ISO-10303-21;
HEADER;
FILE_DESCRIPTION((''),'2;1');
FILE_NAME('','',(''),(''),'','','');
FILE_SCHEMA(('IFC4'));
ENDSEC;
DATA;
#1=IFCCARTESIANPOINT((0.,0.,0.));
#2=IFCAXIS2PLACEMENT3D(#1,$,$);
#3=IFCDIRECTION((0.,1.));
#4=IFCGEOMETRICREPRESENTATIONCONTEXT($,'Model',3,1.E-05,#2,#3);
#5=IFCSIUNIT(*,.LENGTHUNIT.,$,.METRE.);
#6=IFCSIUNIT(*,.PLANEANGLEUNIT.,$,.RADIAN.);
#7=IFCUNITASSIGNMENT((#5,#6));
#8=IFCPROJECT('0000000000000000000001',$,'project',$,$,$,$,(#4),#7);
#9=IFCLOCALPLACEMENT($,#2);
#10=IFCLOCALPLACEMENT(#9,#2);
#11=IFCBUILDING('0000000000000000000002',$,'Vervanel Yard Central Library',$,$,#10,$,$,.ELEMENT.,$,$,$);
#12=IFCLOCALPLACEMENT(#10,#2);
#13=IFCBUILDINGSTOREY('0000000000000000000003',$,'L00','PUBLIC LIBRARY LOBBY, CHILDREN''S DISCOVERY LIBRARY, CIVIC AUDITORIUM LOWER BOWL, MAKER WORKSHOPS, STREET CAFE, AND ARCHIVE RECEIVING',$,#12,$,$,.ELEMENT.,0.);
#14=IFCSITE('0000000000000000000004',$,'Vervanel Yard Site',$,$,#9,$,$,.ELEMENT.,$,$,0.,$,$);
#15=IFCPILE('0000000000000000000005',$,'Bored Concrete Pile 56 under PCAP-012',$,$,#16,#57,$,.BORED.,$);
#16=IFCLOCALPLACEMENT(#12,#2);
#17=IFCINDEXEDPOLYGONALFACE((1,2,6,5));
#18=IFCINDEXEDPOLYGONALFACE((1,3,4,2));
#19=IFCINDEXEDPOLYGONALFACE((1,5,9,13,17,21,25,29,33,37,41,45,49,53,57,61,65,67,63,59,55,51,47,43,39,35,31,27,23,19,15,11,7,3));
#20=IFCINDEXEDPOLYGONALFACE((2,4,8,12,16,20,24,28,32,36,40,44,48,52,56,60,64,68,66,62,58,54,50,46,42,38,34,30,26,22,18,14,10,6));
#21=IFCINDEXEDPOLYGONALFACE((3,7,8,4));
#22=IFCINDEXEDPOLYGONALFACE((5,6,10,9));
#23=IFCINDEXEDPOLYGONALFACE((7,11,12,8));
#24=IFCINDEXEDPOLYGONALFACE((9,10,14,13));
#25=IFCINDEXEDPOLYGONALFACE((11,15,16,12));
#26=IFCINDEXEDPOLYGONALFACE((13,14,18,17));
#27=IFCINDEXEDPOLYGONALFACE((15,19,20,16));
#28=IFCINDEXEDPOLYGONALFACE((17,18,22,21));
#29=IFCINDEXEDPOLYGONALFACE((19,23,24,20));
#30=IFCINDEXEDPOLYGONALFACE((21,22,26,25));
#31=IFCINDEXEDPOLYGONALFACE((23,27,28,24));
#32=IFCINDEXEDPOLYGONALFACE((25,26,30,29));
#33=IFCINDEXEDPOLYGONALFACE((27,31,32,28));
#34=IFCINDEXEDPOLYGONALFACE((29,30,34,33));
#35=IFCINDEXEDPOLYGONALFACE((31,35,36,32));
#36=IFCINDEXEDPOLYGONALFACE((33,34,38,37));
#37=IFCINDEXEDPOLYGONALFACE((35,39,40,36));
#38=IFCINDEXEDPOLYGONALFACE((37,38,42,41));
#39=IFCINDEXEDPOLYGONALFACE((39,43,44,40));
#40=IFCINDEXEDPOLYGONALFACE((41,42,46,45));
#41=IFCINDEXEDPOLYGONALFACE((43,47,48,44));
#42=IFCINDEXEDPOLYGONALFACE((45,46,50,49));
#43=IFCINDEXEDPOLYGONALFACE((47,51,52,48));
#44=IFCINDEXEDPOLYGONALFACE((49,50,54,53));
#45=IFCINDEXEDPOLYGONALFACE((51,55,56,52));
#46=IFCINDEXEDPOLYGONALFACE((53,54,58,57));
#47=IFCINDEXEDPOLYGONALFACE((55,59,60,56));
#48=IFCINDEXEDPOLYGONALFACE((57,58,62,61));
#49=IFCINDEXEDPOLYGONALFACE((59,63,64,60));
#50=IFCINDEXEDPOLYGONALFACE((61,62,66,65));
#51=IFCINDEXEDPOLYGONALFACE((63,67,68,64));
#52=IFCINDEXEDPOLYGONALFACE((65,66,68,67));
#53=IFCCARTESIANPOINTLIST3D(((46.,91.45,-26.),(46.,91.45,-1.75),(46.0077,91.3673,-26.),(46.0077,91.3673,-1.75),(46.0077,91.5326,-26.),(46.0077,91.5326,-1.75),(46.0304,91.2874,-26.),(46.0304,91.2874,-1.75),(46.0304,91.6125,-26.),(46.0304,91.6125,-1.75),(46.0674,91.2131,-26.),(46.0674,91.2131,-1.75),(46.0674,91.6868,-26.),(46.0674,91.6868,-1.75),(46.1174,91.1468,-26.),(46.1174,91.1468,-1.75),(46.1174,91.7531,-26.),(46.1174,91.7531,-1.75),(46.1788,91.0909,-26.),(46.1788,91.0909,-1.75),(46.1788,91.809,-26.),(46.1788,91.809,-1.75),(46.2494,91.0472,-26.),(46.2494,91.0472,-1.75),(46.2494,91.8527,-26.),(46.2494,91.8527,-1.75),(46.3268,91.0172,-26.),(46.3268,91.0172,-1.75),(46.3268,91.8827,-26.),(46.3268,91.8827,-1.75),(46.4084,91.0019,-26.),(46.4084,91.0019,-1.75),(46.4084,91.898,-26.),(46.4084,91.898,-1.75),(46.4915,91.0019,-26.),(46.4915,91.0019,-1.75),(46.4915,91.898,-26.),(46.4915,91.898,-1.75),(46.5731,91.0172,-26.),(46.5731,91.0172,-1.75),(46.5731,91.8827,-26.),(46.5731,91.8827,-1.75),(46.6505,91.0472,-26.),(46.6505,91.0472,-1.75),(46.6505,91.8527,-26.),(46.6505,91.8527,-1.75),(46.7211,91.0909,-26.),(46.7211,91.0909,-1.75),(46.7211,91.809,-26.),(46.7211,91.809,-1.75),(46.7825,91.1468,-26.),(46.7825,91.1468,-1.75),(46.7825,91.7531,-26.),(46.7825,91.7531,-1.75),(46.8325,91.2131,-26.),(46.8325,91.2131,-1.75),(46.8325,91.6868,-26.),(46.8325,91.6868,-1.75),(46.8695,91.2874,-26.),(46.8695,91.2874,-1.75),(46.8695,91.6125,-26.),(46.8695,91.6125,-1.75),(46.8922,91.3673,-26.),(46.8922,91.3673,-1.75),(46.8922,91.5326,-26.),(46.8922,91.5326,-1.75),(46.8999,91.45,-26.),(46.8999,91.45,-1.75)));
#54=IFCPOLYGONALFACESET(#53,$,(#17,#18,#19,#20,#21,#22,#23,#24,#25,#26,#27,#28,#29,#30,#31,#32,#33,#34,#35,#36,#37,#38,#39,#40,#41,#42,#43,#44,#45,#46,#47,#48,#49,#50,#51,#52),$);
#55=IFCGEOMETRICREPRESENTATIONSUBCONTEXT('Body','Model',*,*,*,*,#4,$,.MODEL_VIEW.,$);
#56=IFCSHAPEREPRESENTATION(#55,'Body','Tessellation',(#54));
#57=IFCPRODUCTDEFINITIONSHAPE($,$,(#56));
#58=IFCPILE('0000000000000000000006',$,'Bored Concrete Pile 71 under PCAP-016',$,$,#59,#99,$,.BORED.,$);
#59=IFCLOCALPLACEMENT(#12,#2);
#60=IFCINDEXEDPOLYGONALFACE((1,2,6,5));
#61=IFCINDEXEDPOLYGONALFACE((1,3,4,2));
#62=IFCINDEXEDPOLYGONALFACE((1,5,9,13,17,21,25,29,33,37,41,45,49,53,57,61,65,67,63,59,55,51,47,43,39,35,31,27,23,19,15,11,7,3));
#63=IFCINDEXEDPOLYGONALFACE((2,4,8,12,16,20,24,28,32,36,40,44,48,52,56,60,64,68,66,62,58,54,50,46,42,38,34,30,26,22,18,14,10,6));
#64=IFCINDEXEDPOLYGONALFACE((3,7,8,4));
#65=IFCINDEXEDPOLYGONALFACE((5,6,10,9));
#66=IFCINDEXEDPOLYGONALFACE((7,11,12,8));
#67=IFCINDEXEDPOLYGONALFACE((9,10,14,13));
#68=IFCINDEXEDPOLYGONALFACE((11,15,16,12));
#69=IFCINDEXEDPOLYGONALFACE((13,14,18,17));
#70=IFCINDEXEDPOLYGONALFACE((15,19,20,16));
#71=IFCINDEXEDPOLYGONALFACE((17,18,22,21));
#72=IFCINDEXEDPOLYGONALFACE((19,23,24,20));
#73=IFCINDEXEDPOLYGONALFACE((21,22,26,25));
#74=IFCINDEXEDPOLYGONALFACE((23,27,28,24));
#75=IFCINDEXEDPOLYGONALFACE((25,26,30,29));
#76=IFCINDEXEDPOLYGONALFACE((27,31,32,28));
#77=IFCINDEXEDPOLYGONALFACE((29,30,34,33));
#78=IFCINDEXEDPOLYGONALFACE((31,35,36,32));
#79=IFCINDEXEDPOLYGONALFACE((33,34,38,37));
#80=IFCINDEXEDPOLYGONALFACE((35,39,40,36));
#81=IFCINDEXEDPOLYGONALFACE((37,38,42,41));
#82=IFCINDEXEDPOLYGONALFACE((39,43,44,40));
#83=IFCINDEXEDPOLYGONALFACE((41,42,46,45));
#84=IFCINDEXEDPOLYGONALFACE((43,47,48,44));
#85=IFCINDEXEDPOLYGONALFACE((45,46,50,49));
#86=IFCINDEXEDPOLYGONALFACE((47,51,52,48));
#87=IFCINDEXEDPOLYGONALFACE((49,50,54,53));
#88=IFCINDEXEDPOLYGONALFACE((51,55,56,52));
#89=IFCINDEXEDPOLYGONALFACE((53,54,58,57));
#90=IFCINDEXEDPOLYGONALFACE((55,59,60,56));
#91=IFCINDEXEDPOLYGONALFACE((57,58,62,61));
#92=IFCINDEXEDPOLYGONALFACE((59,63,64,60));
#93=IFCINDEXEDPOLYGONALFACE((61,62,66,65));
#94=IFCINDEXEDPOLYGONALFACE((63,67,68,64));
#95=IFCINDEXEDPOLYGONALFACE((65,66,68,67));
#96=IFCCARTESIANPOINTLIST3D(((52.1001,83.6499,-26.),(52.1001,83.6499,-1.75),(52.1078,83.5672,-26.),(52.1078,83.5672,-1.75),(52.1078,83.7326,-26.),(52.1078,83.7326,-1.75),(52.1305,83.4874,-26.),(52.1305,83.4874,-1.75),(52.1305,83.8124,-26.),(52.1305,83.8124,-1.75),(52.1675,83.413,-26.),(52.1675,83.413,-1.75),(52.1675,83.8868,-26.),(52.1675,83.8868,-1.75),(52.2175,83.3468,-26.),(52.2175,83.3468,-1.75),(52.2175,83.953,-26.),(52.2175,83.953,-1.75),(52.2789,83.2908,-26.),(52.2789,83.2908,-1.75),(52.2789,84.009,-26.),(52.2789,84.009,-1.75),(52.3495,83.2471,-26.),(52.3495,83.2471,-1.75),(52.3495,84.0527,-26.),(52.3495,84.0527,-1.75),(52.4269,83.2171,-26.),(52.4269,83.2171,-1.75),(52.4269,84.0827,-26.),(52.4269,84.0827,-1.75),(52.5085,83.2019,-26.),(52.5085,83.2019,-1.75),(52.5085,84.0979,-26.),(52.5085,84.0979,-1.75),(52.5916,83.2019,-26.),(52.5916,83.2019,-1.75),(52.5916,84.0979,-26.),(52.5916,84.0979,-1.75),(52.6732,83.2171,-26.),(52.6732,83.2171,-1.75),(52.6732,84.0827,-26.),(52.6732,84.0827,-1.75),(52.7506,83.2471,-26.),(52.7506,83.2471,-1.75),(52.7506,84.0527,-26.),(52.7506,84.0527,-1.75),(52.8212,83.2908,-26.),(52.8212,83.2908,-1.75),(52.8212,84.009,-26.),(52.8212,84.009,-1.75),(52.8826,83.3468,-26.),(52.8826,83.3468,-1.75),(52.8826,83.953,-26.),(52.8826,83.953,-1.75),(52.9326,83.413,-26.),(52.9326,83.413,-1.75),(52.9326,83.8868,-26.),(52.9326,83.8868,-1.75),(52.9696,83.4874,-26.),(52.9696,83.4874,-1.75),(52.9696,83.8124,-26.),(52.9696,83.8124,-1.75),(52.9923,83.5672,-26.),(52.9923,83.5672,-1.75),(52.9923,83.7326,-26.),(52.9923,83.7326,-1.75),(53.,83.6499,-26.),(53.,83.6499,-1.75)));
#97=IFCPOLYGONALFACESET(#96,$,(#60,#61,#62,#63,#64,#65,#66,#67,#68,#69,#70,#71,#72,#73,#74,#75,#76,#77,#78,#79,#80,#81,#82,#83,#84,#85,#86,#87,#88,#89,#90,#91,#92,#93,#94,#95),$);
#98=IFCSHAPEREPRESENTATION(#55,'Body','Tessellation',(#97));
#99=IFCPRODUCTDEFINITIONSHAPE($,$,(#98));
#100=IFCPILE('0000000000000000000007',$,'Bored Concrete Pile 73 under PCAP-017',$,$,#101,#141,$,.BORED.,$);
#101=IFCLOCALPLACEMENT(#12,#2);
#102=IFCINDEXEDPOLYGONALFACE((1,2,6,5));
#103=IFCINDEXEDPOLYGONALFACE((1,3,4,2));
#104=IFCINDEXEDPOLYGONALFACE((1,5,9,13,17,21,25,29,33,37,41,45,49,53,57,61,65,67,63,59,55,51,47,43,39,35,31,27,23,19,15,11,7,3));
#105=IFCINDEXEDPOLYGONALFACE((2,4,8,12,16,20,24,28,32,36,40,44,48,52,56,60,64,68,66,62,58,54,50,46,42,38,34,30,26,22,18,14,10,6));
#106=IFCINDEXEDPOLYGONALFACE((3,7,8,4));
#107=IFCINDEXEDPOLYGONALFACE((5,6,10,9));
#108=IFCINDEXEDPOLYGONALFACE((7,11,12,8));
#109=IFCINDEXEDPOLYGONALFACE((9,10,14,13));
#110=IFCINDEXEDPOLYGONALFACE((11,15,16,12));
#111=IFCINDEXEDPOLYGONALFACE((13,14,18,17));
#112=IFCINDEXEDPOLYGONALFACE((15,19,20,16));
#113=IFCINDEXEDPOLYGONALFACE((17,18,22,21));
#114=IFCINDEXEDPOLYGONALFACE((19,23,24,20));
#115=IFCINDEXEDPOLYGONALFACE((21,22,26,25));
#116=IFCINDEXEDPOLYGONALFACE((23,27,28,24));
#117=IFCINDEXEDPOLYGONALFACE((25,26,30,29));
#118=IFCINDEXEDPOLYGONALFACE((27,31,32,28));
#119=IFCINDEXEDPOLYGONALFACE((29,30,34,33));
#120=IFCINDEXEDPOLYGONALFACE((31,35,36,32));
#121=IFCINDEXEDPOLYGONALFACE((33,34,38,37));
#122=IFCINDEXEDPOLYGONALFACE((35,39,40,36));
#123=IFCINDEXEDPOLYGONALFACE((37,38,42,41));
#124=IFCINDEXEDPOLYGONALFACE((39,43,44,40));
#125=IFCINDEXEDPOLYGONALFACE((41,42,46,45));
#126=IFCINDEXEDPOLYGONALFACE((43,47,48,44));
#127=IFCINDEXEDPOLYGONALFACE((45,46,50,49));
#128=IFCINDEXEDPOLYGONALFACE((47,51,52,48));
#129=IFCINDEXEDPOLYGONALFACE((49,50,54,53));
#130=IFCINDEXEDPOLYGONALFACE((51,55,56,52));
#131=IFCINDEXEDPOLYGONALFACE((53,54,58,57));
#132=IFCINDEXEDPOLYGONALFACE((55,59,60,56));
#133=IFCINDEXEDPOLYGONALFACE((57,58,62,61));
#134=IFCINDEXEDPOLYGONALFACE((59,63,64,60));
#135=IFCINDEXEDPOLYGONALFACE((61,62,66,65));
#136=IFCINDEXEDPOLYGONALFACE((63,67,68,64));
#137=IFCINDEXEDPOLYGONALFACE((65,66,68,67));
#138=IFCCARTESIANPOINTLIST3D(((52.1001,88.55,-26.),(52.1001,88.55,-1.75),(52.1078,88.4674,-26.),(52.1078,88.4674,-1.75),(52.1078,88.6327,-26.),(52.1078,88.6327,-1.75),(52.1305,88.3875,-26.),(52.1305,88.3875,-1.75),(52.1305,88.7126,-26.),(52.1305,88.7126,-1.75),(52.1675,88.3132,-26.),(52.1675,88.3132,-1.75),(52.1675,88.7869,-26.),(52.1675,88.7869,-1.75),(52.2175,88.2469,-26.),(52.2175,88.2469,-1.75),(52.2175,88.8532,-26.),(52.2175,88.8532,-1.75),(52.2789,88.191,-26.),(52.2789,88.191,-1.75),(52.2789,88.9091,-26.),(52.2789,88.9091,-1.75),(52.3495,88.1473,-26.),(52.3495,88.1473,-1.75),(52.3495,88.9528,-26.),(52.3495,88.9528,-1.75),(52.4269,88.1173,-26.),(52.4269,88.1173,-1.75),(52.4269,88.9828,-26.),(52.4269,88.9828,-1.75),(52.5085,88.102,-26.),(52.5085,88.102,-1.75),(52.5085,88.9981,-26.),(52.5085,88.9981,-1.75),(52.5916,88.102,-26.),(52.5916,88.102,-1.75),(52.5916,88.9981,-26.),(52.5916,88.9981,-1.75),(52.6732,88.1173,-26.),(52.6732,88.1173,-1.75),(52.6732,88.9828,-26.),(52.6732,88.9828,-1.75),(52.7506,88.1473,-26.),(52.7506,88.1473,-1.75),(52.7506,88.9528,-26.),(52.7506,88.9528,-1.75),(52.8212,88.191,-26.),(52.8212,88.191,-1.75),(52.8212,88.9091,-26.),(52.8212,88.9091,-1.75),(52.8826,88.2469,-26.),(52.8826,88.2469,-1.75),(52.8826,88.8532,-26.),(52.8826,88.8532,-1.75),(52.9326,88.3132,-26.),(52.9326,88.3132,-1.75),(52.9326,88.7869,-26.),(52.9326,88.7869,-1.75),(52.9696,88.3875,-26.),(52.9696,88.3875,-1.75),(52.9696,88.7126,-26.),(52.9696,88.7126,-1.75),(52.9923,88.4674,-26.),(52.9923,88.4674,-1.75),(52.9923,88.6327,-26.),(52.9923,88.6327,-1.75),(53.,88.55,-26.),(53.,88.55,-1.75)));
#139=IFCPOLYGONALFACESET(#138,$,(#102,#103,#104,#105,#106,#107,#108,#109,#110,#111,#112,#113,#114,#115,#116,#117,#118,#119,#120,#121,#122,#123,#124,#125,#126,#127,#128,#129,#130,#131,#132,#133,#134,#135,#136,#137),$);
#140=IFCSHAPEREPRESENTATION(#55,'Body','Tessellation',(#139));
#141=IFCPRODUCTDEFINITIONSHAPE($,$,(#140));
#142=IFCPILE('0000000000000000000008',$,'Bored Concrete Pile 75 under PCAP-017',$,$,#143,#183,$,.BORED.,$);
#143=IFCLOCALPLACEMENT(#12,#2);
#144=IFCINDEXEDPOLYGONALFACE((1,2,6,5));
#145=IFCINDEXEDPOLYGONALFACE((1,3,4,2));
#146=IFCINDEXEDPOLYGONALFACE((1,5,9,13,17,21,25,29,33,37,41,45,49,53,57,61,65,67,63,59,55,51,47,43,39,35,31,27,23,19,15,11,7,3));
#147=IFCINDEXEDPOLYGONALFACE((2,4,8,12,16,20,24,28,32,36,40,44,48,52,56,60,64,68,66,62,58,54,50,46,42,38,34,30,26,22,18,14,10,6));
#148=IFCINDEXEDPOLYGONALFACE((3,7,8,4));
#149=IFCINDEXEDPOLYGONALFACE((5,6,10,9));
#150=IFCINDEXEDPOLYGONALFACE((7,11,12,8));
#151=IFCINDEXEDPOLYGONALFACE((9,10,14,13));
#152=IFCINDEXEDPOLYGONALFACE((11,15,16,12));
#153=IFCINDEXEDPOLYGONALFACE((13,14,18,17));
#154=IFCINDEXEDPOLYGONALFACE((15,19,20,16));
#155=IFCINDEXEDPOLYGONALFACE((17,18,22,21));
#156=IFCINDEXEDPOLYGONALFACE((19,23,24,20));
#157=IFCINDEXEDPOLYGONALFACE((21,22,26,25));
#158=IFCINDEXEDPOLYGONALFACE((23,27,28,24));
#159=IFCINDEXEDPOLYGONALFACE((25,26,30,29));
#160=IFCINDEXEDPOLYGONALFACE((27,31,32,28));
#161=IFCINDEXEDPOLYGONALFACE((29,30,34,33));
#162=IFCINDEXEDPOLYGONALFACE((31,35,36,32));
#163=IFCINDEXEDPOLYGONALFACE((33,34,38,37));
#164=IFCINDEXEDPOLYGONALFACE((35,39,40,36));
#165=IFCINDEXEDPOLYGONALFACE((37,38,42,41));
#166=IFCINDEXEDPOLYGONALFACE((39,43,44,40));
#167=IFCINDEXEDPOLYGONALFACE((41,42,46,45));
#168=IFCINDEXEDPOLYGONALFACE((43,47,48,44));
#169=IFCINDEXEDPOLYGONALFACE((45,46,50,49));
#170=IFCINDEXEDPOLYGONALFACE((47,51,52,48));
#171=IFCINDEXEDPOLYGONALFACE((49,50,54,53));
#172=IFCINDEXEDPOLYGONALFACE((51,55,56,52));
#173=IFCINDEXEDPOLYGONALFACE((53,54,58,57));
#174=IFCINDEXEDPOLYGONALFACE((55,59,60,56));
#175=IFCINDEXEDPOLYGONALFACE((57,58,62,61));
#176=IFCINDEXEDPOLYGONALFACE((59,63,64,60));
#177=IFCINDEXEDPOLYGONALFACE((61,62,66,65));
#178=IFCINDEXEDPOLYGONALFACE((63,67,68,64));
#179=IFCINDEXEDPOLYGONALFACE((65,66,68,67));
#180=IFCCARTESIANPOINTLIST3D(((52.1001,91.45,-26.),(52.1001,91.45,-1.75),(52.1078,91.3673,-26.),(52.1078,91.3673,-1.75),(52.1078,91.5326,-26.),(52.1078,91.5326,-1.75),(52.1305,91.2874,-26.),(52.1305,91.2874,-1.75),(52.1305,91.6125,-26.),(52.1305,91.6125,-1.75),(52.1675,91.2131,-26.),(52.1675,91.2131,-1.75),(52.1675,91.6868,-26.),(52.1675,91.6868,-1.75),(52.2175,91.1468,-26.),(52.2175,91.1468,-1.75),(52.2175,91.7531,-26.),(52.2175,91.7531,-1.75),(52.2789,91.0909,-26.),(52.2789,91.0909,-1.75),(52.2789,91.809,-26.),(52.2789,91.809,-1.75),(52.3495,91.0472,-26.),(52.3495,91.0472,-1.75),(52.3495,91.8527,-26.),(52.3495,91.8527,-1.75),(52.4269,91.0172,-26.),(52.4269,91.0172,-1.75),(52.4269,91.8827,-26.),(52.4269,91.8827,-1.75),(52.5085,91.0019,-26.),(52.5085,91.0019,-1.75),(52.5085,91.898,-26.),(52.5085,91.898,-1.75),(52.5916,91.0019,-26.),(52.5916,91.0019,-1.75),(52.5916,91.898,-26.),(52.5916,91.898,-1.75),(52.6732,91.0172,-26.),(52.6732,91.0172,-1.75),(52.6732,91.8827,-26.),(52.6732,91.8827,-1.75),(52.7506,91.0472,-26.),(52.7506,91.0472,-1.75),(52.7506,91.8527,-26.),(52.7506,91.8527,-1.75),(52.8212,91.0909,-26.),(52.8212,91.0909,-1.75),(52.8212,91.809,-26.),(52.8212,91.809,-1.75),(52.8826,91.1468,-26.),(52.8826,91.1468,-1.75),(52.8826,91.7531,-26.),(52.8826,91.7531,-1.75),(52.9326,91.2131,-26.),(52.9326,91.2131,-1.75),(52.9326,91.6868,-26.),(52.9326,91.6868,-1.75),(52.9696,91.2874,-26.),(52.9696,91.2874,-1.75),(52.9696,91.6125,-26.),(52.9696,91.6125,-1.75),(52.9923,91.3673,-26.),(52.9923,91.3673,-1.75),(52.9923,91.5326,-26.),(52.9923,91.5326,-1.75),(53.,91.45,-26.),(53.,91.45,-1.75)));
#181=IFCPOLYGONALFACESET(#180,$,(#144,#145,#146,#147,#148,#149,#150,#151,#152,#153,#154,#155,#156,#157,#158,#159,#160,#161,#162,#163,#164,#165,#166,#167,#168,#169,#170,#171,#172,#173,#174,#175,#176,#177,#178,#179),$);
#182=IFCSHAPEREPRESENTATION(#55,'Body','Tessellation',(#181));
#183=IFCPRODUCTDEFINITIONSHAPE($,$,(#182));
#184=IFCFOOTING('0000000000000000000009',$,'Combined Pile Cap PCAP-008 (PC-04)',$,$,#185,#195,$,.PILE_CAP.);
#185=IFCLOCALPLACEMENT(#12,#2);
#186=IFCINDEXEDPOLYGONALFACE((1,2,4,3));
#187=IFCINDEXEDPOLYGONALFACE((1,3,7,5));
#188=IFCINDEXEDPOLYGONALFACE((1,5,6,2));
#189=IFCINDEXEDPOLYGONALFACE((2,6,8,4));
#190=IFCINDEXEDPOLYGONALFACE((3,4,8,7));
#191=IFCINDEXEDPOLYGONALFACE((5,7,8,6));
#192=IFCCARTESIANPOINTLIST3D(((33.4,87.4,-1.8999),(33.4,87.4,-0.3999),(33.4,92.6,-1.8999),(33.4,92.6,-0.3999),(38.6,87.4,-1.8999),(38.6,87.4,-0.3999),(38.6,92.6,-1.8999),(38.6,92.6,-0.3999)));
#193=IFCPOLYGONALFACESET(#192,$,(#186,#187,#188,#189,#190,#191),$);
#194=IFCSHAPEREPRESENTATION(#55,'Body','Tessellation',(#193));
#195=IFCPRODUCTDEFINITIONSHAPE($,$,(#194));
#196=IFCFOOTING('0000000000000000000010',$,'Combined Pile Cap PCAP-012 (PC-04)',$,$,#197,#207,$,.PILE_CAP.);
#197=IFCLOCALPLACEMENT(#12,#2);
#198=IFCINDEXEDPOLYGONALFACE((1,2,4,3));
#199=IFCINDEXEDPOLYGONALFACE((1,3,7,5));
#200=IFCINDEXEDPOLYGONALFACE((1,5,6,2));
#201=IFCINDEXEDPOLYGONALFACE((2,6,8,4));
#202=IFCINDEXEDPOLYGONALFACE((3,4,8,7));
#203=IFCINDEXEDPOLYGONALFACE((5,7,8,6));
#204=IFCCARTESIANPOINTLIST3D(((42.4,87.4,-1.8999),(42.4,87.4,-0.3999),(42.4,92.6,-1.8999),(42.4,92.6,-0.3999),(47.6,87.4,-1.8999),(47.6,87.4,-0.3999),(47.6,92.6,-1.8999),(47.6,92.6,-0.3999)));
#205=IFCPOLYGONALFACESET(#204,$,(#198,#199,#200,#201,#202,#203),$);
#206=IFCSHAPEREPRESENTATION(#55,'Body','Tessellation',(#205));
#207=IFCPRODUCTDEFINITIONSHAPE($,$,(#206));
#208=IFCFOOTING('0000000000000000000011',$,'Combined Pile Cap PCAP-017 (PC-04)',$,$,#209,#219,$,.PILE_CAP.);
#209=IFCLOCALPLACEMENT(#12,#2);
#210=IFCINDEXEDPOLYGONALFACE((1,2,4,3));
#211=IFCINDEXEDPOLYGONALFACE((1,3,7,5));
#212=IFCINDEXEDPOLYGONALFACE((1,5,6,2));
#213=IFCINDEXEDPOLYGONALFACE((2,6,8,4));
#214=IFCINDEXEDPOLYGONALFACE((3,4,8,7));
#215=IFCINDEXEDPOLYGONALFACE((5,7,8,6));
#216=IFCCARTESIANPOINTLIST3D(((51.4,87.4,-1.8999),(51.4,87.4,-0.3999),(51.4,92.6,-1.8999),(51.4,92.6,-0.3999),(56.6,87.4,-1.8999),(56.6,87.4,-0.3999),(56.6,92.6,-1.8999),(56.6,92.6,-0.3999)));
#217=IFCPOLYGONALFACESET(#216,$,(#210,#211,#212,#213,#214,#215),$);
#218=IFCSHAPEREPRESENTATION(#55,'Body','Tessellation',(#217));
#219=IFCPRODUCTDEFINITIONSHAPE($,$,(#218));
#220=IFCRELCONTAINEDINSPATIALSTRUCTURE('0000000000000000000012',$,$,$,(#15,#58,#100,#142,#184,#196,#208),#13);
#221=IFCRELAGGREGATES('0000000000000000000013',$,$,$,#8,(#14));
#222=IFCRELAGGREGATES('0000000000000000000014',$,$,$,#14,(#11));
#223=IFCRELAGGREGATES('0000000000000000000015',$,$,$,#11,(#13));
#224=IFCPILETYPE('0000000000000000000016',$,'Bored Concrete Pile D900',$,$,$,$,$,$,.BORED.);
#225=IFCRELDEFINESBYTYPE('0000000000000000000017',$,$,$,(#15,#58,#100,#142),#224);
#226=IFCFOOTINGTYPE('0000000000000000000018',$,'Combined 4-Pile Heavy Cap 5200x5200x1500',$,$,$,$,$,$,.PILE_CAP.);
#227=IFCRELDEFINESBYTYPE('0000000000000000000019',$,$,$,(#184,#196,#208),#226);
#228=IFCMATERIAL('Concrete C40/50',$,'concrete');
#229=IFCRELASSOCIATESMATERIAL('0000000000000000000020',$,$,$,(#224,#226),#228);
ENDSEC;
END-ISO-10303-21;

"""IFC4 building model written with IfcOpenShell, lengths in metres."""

from ifc_helpers import new_model, si_unit, direction, frame, origin, origin_2d, place, context, subcontext, project, spatial, rectangle, circle, extrude, material, material_profile, profile_set, type_object, element, save


model = new_model("IFC4")

# Units and contexts
model_context = context("Model", 3, precision=1e-05, world=origin(), true_north=direction((0.0, 1.0)))
body_context = subcontext(model_context, "Body", "Model", "MODEL_VIEW")
ifc_project = project(units=[si_unit("LENGTHUNIT", "METRE"), si_unit("PLANEANGLEUNIT", "RADIAN")], contexts=[model_context])

# Site, building, storey
site_placement = place(None, origin())
site = spatial("IfcSite", under=ifc_project, at=site_placement, Name="Vervanel Yard Site", CompositionType="ELEMENT", RefElevation=0.0)
building_placement = place(site_placement, origin())
building = spatial("IfcBuilding", under=site, at=building_placement, Name="Vervanel Yard Central Library", CompositionType="ELEMENT")
storey_placement = place(building_placement, origin())
storey = spatial("IfcBuildingStorey", under=building, at=storey_placement, Name="L00", Description="PUBLIC LIBRARY LOBBY, CHILDREN'S DISCOVERY LIBRARY, CIVIC AUDITORIUM LOWER BOWL, MAKER WORKSHOPS, STREET CAFE, AND ARCHIVE RECEIVING", CompositionType="ELEMENT", Elevation=0.0)

# Piles
ifc_material_1 = material(Name="Concrete C40/50", Category="concrete")
ifc_material_profile_1 = material_profile(ifc_material_1, circle(Radius=0.45, at=origin_2d()), Name="BP D900", Category="concrete")
ifc_profile_set_1 = profile_set([ifc_material_profile_1], Name="Concrete C40/50")
pile_type = type_object("IfcPileType", Name="Bored Concrete Pile D900", PredefinedType="BORED", material=ifc_profile_set_1)
for number, where, z_axis, x_axis, name in (
    (1, (46.45, 91.45, -1.75), (0.0, 0.0, -1.0), (1.0, 0.0, 0.0), "Bored Concrete Pile 56 under PCAP-012"),
    (2, (52.55, 83.6499, -1.75), (0.0, 0.0, -1.0), (1.0, 0.0, 0.0), "Bored Concrete Pile 71 under PCAP-016"),
    (3, (52.55, 88.55, -1.75), (0.0, 0.0, -1.0), (1.0, 0.0, 0.0), "Bored Concrete Pile 73 under PCAP-017"),
    (4, (52.55, 91.45, -1.75), (0.0, 0.0, -1.0), (1.0, 0.0, 0.0), "Bored Concrete Pile 75 under PCAP-017"),
):
    element("IfcPile", number, at=place(storey_placement, frame(where, z_axis=z_axis, x_axis=x_axis)), inside=storey, type_object=pile_type, Name=name, PredefinedType="BORED", context=body_context, shape_type="SweptSolid", body=[
        extrude(circle(Radius=0.45, at=origin_2d()), origin(), (0.0, 0.0, 1.0), 24.25),
    ])

# Footings
footing_type_1 = type_object("IfcFootingType", Name="Combined 4-Pile Heavy Cap 5200x5200x1500", PredefinedType="PILE_CAP", material=ifc_material_1)
for number, where, z_axis, x_axis, name in (
    (5, (36.0, 90.0, -1.8999), (0.0, 0.0, 1.0), (1.0, 0.0, 0.0), "Combined Pile Cap PCAP-008 (PC-04)"),
    (6, (45.0, 90.0, -1.8999), (0.0, 0.0, 1.0), (1.0, 0.0, 0.0), "Combined Pile Cap PCAP-012 (PC-04)"),
    (7, (54.0, 90.0, -1.8999), (0.0, 0.0, 1.0), (1.0, 0.0, 0.0), "Combined Pile Cap PCAP-017 (PC-04)"),
):
    element("IfcFooting", number, at=place(storey_placement, frame(where, z_axis=z_axis, x_axis=x_axis)), inside=storey, type_object=footing_type_1, Name=name, PredefinedType="PILE_CAP", context=body_context, shape_type="SweptSolid", body=[
        extrude(rectangle(XDim=5.2, YDim=5.2, at=origin_2d()), origin(), (0.0, 0.0, 1.0), 1.5),
    ])

save(model, "model.ifc")
